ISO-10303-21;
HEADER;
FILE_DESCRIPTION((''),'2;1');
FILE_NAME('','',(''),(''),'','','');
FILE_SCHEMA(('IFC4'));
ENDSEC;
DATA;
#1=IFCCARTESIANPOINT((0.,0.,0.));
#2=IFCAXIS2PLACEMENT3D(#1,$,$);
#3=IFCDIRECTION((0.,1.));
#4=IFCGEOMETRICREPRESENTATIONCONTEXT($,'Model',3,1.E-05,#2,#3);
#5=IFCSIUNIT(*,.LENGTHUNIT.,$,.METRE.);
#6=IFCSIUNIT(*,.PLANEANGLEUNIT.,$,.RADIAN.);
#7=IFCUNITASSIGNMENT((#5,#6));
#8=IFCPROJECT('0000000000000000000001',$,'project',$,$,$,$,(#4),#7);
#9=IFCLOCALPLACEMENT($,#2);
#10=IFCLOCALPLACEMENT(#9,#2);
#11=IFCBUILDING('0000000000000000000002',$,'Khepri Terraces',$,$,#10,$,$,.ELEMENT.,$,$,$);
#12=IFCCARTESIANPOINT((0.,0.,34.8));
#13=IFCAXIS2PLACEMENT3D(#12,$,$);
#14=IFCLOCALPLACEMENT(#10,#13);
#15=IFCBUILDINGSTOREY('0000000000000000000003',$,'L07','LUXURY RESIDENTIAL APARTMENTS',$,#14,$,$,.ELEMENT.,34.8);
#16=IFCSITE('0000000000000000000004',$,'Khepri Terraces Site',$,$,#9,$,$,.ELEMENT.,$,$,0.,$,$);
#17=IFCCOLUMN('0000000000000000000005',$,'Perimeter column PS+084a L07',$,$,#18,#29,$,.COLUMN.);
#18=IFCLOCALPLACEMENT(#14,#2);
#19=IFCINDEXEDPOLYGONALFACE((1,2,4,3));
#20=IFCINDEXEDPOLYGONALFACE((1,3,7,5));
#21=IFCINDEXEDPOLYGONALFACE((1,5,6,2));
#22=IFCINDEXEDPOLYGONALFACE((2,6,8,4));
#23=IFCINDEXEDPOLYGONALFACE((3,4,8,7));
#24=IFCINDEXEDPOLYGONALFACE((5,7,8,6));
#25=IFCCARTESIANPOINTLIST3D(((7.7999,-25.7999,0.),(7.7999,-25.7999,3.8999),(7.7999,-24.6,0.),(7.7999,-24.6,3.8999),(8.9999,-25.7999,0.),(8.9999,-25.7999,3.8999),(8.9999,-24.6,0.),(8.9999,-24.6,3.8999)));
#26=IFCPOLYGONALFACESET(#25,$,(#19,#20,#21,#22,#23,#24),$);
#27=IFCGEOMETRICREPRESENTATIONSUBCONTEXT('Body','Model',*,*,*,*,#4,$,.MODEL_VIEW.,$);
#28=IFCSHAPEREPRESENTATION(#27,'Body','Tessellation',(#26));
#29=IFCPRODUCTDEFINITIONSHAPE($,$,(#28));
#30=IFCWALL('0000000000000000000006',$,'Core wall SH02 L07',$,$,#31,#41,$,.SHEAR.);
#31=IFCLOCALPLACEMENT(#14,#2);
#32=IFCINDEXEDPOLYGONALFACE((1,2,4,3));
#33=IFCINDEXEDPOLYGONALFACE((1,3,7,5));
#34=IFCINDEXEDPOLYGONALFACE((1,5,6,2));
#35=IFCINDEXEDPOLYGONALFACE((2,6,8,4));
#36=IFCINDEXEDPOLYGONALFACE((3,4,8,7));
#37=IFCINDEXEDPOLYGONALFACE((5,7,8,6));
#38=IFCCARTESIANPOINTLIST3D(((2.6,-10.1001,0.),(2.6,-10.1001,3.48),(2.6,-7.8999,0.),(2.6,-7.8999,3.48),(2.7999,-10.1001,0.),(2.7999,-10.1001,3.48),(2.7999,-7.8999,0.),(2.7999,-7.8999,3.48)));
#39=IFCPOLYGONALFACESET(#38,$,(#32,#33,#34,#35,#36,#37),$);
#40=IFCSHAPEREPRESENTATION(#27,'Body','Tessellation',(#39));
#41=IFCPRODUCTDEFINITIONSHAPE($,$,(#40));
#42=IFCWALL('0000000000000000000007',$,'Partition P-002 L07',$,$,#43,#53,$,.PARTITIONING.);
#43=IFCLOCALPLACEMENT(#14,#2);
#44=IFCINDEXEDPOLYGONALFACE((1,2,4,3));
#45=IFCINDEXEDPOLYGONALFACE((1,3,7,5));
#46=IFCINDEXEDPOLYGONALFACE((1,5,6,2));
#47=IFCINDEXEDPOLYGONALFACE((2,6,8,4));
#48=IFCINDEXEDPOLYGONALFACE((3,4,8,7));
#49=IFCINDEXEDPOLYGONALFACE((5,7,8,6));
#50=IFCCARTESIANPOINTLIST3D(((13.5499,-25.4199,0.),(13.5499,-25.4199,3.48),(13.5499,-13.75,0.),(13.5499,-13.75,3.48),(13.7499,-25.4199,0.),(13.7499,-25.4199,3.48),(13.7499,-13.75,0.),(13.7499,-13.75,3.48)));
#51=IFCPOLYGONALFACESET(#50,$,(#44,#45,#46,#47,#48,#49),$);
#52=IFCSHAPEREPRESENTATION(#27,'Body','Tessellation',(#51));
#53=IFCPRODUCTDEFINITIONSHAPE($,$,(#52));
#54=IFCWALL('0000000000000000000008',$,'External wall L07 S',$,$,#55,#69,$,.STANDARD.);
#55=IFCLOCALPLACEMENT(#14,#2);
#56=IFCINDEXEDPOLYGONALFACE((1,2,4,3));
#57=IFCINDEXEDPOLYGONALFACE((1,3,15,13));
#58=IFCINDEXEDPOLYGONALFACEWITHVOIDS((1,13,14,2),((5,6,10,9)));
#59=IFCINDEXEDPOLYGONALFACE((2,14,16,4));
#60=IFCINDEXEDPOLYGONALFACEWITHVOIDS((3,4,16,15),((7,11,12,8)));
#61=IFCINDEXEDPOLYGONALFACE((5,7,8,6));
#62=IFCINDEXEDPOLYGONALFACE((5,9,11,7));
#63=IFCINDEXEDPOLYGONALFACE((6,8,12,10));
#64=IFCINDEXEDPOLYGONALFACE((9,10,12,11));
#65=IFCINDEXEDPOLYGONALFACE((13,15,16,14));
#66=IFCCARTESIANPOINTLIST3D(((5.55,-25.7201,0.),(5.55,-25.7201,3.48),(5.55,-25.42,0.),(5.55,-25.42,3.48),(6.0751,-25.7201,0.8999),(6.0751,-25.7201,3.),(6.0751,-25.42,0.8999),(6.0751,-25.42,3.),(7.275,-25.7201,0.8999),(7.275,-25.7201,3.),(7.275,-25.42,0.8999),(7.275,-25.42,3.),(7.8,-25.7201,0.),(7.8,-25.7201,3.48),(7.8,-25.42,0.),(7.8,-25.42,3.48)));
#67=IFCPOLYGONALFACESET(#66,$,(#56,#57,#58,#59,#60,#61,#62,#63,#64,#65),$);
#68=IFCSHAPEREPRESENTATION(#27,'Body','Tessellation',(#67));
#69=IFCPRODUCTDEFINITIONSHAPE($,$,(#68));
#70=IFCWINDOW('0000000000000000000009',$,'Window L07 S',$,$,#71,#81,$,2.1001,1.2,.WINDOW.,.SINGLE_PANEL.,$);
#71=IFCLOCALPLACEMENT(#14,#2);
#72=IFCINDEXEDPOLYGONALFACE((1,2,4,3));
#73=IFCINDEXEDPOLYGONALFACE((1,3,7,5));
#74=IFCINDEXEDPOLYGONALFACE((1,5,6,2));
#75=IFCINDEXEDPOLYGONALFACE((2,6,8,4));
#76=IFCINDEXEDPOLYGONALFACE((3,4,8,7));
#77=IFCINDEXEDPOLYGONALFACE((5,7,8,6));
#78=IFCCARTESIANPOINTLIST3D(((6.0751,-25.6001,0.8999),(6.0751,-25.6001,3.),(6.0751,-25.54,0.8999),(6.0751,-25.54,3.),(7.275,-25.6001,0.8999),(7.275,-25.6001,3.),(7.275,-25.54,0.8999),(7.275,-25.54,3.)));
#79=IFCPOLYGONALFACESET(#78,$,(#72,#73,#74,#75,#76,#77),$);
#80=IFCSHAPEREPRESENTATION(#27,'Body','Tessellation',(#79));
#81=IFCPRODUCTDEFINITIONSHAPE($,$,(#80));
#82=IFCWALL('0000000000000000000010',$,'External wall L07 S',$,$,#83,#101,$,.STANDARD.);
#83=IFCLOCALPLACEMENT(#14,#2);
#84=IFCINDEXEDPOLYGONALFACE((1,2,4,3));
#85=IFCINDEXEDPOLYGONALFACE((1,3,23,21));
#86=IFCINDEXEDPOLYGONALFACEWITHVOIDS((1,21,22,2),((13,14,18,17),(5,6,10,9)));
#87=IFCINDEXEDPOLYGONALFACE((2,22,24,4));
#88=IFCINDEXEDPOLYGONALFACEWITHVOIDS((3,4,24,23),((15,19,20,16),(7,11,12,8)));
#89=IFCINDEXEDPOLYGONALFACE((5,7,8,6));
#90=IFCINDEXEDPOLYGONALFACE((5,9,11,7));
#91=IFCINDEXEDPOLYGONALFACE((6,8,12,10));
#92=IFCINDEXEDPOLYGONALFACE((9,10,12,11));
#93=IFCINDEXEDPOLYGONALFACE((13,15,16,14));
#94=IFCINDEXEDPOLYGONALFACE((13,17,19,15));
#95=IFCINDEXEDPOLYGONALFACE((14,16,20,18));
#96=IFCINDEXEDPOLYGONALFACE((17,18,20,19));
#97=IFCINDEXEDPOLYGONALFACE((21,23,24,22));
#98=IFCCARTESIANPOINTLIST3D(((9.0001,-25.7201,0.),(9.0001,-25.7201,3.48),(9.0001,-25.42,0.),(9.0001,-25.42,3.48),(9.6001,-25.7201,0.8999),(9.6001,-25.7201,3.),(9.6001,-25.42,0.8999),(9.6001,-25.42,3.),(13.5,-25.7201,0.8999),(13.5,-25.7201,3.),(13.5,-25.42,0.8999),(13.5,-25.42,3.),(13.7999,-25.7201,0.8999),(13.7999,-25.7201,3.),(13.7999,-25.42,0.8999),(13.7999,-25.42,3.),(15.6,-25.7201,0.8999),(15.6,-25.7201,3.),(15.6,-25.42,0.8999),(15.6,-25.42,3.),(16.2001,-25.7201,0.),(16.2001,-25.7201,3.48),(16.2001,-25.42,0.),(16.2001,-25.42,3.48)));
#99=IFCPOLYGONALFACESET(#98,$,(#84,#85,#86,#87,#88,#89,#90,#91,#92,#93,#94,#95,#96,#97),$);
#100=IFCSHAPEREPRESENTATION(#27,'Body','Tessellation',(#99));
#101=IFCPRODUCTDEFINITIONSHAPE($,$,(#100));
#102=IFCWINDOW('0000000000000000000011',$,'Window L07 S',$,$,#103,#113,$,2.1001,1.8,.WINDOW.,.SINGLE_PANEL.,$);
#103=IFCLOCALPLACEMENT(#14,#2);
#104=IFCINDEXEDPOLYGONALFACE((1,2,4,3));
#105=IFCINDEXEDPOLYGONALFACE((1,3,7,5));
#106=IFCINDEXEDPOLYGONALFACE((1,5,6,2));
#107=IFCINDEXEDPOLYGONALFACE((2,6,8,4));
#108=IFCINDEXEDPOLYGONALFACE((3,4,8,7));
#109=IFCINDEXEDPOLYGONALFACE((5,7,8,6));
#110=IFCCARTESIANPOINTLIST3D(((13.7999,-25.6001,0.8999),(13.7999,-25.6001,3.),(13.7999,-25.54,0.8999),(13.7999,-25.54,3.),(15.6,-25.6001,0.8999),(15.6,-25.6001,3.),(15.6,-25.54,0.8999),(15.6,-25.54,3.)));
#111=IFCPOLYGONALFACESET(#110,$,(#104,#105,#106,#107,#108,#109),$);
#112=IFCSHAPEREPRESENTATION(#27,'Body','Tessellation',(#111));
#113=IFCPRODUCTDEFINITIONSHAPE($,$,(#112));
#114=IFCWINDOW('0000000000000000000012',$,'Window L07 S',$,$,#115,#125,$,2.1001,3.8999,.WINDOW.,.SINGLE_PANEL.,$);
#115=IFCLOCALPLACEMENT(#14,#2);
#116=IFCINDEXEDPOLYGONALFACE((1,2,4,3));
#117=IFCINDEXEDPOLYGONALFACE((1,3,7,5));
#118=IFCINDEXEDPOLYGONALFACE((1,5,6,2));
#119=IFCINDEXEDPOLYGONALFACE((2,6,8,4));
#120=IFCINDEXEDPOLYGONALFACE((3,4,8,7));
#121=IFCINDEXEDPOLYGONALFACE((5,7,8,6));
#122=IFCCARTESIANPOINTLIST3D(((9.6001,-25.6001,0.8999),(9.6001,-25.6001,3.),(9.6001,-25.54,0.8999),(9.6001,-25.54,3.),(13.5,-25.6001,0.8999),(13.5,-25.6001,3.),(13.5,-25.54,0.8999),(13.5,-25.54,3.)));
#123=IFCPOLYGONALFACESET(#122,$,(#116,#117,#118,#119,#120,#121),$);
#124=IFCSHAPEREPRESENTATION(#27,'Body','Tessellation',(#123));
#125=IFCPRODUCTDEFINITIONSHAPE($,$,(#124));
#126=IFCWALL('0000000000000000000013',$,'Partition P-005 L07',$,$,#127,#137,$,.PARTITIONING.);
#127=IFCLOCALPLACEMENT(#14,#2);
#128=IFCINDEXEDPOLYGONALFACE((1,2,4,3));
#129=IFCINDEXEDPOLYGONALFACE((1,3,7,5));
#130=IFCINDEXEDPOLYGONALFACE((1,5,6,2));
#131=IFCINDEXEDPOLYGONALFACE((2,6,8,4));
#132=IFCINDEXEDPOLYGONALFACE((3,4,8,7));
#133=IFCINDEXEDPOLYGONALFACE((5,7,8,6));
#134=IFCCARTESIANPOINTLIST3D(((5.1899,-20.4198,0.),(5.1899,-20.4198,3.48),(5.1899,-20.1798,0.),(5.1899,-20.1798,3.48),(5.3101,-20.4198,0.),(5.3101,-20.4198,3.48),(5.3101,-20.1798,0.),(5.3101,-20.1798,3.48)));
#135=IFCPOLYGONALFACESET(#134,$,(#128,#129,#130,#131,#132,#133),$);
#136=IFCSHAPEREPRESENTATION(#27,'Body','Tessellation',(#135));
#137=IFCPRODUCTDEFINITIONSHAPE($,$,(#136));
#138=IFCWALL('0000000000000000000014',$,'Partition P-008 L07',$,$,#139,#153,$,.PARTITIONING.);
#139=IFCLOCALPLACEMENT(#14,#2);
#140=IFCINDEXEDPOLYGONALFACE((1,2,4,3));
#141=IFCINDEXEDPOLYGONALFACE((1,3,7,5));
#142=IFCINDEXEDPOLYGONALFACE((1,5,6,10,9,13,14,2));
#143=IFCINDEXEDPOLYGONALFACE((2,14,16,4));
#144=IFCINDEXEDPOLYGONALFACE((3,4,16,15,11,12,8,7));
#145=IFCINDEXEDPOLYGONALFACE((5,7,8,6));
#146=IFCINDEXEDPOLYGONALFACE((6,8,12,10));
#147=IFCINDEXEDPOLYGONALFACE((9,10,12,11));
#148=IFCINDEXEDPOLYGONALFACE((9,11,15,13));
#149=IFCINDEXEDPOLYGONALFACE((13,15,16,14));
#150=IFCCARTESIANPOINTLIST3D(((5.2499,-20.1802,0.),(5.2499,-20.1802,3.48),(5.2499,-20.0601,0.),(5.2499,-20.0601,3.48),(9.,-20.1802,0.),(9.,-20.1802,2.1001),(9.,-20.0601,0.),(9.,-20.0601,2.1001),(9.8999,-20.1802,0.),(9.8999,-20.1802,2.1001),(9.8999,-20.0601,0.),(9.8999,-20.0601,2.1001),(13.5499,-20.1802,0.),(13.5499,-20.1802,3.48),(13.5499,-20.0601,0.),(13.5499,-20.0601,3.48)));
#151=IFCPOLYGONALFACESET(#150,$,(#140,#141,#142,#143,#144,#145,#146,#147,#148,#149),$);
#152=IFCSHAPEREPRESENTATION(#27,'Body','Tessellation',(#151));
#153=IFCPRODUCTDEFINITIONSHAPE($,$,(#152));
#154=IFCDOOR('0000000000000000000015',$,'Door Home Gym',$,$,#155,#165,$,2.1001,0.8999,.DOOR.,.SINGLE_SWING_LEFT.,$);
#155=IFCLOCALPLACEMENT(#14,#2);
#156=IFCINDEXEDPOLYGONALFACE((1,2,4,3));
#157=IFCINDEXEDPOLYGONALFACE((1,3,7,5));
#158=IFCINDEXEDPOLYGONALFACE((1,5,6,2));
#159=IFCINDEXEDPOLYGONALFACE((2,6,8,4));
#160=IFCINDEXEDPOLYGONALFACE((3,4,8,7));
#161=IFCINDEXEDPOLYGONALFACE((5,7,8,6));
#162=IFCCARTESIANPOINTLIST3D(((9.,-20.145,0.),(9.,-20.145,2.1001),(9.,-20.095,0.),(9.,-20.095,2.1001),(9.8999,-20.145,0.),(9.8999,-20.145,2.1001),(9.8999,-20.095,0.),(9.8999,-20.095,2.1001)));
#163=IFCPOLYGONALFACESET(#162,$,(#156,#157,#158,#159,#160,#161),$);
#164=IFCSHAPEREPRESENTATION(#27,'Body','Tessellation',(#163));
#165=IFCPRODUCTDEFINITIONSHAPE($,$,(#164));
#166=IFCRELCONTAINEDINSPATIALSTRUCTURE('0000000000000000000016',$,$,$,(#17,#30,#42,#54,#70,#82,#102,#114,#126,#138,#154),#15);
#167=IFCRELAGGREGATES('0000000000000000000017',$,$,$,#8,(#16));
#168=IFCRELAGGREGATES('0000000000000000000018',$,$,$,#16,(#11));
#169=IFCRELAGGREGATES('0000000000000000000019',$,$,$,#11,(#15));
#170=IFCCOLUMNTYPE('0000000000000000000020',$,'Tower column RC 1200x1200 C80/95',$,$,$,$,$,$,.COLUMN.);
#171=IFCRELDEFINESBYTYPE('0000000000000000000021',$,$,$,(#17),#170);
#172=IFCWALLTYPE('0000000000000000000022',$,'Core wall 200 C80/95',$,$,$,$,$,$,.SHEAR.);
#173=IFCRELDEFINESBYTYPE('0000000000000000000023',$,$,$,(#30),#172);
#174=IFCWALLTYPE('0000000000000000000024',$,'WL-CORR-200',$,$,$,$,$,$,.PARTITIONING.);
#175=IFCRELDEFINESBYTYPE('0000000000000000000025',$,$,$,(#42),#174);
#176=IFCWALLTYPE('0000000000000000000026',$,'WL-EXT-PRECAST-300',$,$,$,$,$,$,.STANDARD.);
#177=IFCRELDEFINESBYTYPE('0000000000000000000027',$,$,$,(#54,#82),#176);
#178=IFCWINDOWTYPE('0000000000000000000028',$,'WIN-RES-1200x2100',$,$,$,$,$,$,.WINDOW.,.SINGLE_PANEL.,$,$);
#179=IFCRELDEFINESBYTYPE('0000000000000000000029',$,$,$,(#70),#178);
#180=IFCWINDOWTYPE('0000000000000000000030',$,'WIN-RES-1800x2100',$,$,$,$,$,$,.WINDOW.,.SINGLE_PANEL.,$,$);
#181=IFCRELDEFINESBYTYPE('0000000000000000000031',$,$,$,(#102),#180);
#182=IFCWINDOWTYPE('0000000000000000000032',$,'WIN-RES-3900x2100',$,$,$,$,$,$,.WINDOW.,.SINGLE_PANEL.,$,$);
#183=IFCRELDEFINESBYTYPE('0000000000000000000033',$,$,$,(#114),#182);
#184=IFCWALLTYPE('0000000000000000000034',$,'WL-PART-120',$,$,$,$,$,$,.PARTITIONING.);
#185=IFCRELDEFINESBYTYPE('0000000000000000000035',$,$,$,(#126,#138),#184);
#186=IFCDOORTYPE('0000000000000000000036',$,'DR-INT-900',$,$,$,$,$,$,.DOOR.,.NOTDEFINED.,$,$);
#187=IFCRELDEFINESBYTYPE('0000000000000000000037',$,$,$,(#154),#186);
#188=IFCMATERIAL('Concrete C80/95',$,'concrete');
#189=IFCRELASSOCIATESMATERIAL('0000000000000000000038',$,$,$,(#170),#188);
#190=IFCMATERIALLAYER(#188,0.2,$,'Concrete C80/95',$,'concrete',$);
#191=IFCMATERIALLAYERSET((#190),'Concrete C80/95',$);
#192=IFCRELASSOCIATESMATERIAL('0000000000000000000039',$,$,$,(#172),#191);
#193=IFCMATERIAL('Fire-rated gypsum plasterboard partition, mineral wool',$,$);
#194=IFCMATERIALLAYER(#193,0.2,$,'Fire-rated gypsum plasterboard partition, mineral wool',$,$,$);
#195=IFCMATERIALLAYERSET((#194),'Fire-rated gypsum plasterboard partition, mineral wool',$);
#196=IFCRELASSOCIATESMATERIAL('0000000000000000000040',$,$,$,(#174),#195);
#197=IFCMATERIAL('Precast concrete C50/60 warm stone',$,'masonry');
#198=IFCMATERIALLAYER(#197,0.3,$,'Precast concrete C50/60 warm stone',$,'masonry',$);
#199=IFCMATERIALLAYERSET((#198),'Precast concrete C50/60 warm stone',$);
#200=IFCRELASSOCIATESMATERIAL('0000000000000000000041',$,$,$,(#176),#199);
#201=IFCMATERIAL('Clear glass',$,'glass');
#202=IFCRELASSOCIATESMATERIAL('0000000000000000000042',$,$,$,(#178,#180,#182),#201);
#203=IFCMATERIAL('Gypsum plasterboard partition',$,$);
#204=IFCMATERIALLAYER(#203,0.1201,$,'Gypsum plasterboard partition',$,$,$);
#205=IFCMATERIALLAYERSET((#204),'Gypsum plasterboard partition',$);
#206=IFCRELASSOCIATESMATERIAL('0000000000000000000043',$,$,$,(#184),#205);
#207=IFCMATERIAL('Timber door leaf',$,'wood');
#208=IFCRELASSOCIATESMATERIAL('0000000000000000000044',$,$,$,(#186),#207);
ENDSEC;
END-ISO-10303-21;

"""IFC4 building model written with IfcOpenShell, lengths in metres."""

from ifc_helpers import new_model, si_unit, direction, frame, frame_2d, origin, origin_2d, place, context, subcontext, project, spatial, rectangle, extrude, material, layer, layer_set, material_profile, profile_set, type_object, element, fill, save


model = new_model("IFC4")

# Units and contexts
model_context = context("Model", 3, precision=1e-05, world=origin(), true_north=direction((0.0, 1.0)))
body_context = subcontext(model_context, "Body", "Model", "MODEL_VIEW")
ifc_project = project(units=[si_unit("LENGTHUNIT", "METRE"), si_unit("PLANEANGLEUNIT", "RADIAN")], contexts=[model_context])

# Site, building, storey
site_placement = place(None, origin())
site = spatial("IfcSite", under=ifc_project, at=site_placement, Name="Khepri Terraces Site", CompositionType="ELEMENT", RefElevation=0.0)
building_placement = place(site_placement, origin())
building = spatial("IfcBuilding", under=site, at=building_placement, Name="Khepri Terraces", CompositionType="ELEMENT")
storey_placement = place(building_placement, frame((0.0, 0.0, 34.8)))
storey = spatial("IfcBuildingStorey", under=building, at=storey_placement, Name="L07", Description="LUXURY RESIDENTIAL APARTMENTS", CompositionType="ELEMENT", Elevation=34.8)

# Column
ifc_material_1 = material(Name="Concrete C80/95", Category="concrete")
ifc_material_profile = material_profile(ifc_material_1, rectangle(XDim=1.2, YDim=1.2, at=origin_2d()), Name="Concrete C80/95", Category="concrete")
ifc_profile_set = profile_set([ifc_material_profile], Name="Concrete C80/95")
column_type = type_object("IfcColumnType", Name="Tower column RC 1200x1200 C80/95", PredefinedType="COLUMN", material=ifc_profile_set)
column_placement = place(storey_placement, frame((8.3999, -25.2, 0.0), z_axis=(0.0, 0.0, 1.0), x_axis=(1.0, 0.0, 0.0)))
element("IfcColumn", 1, at=column_placement, inside=storey, type_object=column_type, Name="Perimeter column PS+084a L07", PredefinedType="COLUMN", context=body_context, shape_type="SweptSolid", body=[
    extrude(rectangle(XDim=1.2, YDim=1.2, at=origin_2d()), origin(), (0.0, 0.0, 1.0), 3.8999),
])

# Walls
ifc_layer_1 = layer(ifc_material_1, 0.2, Name="Concrete C80/95", Category="concrete")
ifc_layer_set_1 = layer_set([ifc_layer_1], Name="Concrete C80/95")
wall_type_1 = type_object("IfcWallType", Name="Core wall 200 C80/95", PredefinedType="SHEAR", material=ifc_layer_set_1)
wall_1_placement = place(storey_placement, frame((2.7, -10.1001, 0.0), z_axis=(0.0, 0.0, 1.0), x_axis=(0.0, 1.0, 0.0)))
element("IfcWall", 2, at=wall_1_placement, inside=storey, type_object=wall_type_1, Name="Core wall SH02 L07", PredefinedType="SHEAR", context=body_context, shape_type="SweptSolid", body=[
    extrude(rectangle(XDim=2.2002, YDim=0.2, at=frame_2d((1.1001, 0.0))), origin(), (0.0, 0.0, 1.0), 3.48),
])
ifc_material_2 = material(Name="Fire-rated gypsum plasterboard partition, mineral wool")
ifc_layer_2 = layer(ifc_material_2, 0.2, Name="Fire-rated gypsum plasterboard partition, mineral wool")
ifc_layer_set_2 = layer_set([ifc_layer_2], Name="Fire-rated gypsum plasterboard partition, mineral wool")
wall_type_2 = type_object("IfcWallType", Name="WL-CORR-200", PredefinedType="PARTITIONING", material=ifc_layer_set_2)
wall_2_placement = place(storey_placement, frame((13.6499, -25.4199, 0.0), z_axis=(0.0, 0.0, 1.0), x_axis=(0.0, 1.0, 0.0)))
element("IfcWall", 3, at=wall_2_placement, inside=storey, type_object=wall_type_2, Name="Partition P-002 L07", PredefinedType="PARTITIONING", context=body_context, shape_type="SweptSolid", body=[
    extrude(rectangle(XDim=11.6699, YDim=0.2, at=frame_2d((5.835, 0.0))), origin(), (0.0, 0.0, 1.0), 3.48),
])

# Shared definitions
ifc_material_3 = material(Name="Precast concrete C50/60 warm stone", Category="masonry")
ifc_layer_3 = layer(ifc_material_3, 0.3, Name="Precast concrete C50/60 warm stone", Category="masonry")
ifc_layer_set_3 = layer_set([ifc_layer_3], Name="Precast concrete C50/60 warm stone")
wall_type_3 = type_object("IfcWallType", Name="WL-EXT-PRECAST-300", PredefinedType="STANDARD", material=ifc_layer_set_3)

# Wall, opening, window
wall_3_placement = place(storey_placement, frame((5.55, -25.5701, 0.0), z_axis=(0.0, 0.0, 1.0), x_axis=(1.0, 0.0, 0.0)))
wall_3 = element("IfcWall", 4, at=wall_3_placement, inside=storey, type_object=wall_type_3, Name="External wall L07 S", PredefinedType="STANDARD", context=body_context, shape_type="SweptSolid", body=[
    extrude(rectangle(XDim=2.25, YDim=0.3, at=frame_2d((1.125, 0.0))), origin(), (0.0, 0.0, 1.0), 3.48),
])
opening_1_placement = place(wall_3_placement, frame((0.5249, 0.0, 0.8999)))
opening_1 = element("IfcOpeningElement", 5, at=opening_1_placement, cuts=wall_3, PredefinedType="OPENING", context=body_context, shape_type="SweptSolid", body=[
    extrude(rectangle(XDim=1.2, YDim=2.1001, at=frame_2d((0.6001, 1.05))), frame((0.0, 0.1602, 0.0), z_axis=(0.0, -1.0, 0.0), x_axis=(1.0, 0.0, 0.0)), (0.0, 0.0, 1.0), 0.3201),
])
ifc_material_4 = material(Name="Clear glass", Category="glass")
window_type_1 = type_object("IfcWindowType", Name="WIN-RES-1200x2100", PartitioningType="SINGLE_PANEL", PredefinedType="WINDOW", material=ifc_material_4)
window_1_placement = place(opening_1_placement, origin())
window_1 = element("IfcWindow", 6, at=window_1_placement, inside=storey, type_object=window_type_1, Name="Window L07 S", OverallHeight=2.1001, OverallWidth=1.2, PartitioningType="SINGLE_PANEL", PredefinedType="WINDOW", context=body_context, shape_type="SweptSolid", body=[
    extrude(rectangle(XDim=1.2, YDim=2.1001, at=frame_2d((0.6001, 1.05))), frame((0.0, 0.03, 0.0), z_axis=(0.0, -1.0, 0.0), x_axis=(1.0, 0.0, 0.0)), (0.0, 0.0, 1.0), 0.0601),
])
fill(opening_1, window_1)

# Wall, openings, windows
wall_4_placement = place(storey_placement, frame((9.0, -25.5701, 0.0), z_axis=(0.0, 0.0, 1.0), x_axis=(1.0, 0.0, 0.0)))
wall_4 = element("IfcWall", 7, at=wall_4_placement, inside=storey, type_object=wall_type_3, Name="External wall L07 S", PredefinedType="STANDARD", context=body_context, shape_type="SweptSolid", body=[
    extrude(rectangle(XDim=7.2, YDim=0.3, at=frame_2d((3.6001, 0.0))), origin(), (0.0, 0.0, 1.0), 3.48),
])
opening_2_placement = place(wall_4_placement, frame((0.6001, 0.0, 0.8999)))
opening_2 = element("IfcOpeningElement", 8, at=opening_2_placement, cuts=wall_4, PredefinedType="OPENING", context=body_context, shape_type="SweptSolid", body=[
    extrude(rectangle(XDim=3.8999, YDim=2.1001, at=frame_2d((1.95, 1.05))), frame((0.0, 0.1602, 0.0), z_axis=(0.0, -1.0, 0.0), x_axis=(1.0, 0.0, 0.0)), (0.0, 0.0, 1.0), 0.3201),
])
opening_3_placement = place(wall_4_placement, frame((4.8, 0.0, 0.8999)))
opening_3 = element("IfcOpeningElement", 9, at=opening_3_placement, cuts=wall_4, PredefinedType="OPENING", context=body_context, shape_type="SweptSolid", body=[
    extrude(rectangle(XDim=1.8, YDim=2.1001, at=frame_2d((0.8999, 1.05))), frame((0.0, 0.1602, 0.0), z_axis=(0.0, -1.0, 0.0), x_axis=(1.0, 0.0, 0.0)), (0.0, 0.0, 1.0), 0.3201),
])
window_type_2 = type_object("IfcWindowType", Name="WIN-RES-1800x2100", PartitioningType="SINGLE_PANEL", PredefinedType="WINDOW", material=ifc_material_4)
window_2_placement = place(opening_3_placement, origin())
window_2 = element("IfcWindow", 10, at=window_2_placement, inside=storey, type_object=window_type_2, Name="Window L07 S", OverallHeight=2.1001, OverallWidth=1.8, PartitioningType="SINGLE_PANEL", PredefinedType="WINDOW", context=body_context, shape_type="SweptSolid", body=[
    extrude(rectangle(XDim=1.8, YDim=2.1001, at=frame_2d((0.8999, 1.05))), frame((0.0, 0.03, 0.0), z_axis=(0.0, -1.0, 0.0), x_axis=(1.0, 0.0, 0.0)), (0.0, 0.0, 1.0), 0.0601),
])
fill(opening_3, window_2)
window_type_3 = type_object("IfcWindowType", Name="WIN-RES-3900x2100", PartitioningType="SINGLE_PANEL", PredefinedType="WINDOW", material=ifc_material_4)
window_3_placement = place(opening_2_placement, origin())
window_3 = element("IfcWindow", 11, at=window_3_placement, inside=storey, type_object=window_type_3, Name="Window L07 S", OverallHeight=2.1001, OverallWidth=3.8999, PartitioningType="SINGLE_PANEL", PredefinedType="WINDOW", context=body_context, shape_type="SweptSolid", body=[
    extrude(rectangle(XDim=3.8999, YDim=2.1001, at=frame_2d((1.95, 1.05))), frame((0.0, 0.03, 0.0), z_axis=(0.0, -1.0, 0.0), x_axis=(1.0, 0.0, 0.0)), (0.0, 0.0, 1.0), 0.0601),
])
fill(opening_2, window_3)

# Wall
ifc_material_5 = material(Name="Gypsum plasterboard partition")
ifc_layer_4 = layer(ifc_material_5, 0.1201, Name="Gypsum plasterboard partition")
ifc_layer_set_4 = layer_set([ifc_layer_4], Name="Gypsum plasterboard partition")
wall_type_4 = type_object("IfcWallType", Name="WL-PART-120", PredefinedType="PARTITIONING", material=ifc_layer_set_4)
wall_5_placement = place(storey_placement, frame((5.25, -20.4199, 0.0), z_axis=(0.0, 0.0, 1.0), x_axis=(0.0, 1.0, 0.0)))
element("IfcWall", 12, at=wall_5_placement, inside=storey, type_object=wall_type_4, Name="Partition P-005 L07", PredefinedType="PARTITIONING", context=body_context, shape_type="SweptSolid", body=[
    extrude(rectangle(XDim=0.24, YDim=0.1201, at=frame_2d((0.1201, 0.0))), origin(), (0.0, 0.0, 1.0), 3.48),
])

# Wall, opening, door
wall_6_placement = place(storey_placement, frame((5.25, -20.1201, 0.0), z_axis=(0.0, 0.0, 1.0), x_axis=(1.0, 0.0, 0.0)))
wall_6 = element("IfcWall", 13, at=wall_6_placement, inside=storey, type_object=wall_type_4, Name="Partition P-008 L07", PredefinedType="PARTITIONING", context=body_context, shape_type="SweptSolid", body=[
    extrude(rectangle(XDim=8.3, YDim=0.1201, at=frame_2d((4.1499, 0.0))), origin(), (0.0, 0.0, 1.0), 3.48),
])
opening_4_placement = place(wall_6_placement, frame((3.75, 0.0, 0.0)))
opening_4 = element("IfcOpeningElement", 14, at=opening_4_placement, cuts=wall_6, PredefinedType="OPENING", context=body_context, shape_type="SweptSolid", body=[
    extrude(rectangle(XDim=0.8999, YDim=2.1001, at=frame_2d((0.45, 1.05))), frame((0.0, 0.0701, 0.0), z_axis=(0.0, -1.0, 0.0), x_axis=(1.0, 0.0, 0.0)), (0.0, 0.0, 1.0), 0.1401),
])
ifc_material_6 = material(Name="Timber door leaf", Category="wood")
door_type_1 = type_object("IfcDoorType", Name="DR-INT-900", OperationType="NOTDEFINED", PredefinedType="DOOR", material=ifc_material_6)
door_1_placement = place(opening_4_placement, frame((0.8999, 0.0, 0.0), z_axis=(0.0, 0.0, 1.0), x_axis=(-1.0, 0.0, 0.0)))
door_1 = element("IfcDoor", 15, at=door_1_placement, inside=storey, type_object=door_type_1, Name="Door Home Gym", OperationType="SINGLE_SWING_LEFT", OverallHeight=2.1001, OverallWidth=0.8999, PredefinedType="DOOR", context=body_context, shape_type="SweptSolid", body=[
    extrude(rectangle(XDim=0.8999, YDim=2.1001, at=frame_2d((0.45, 1.05))), frame((0.0, 0.0249, 0.0), z_axis=(0.0, -1.0, 0.0), x_axis=(1.0, 0.0, 0.0)), (0.0, 0.0, 1.0), 0.05),
])
fill(opening_4, door_1)

save(model, "model.ifc")
